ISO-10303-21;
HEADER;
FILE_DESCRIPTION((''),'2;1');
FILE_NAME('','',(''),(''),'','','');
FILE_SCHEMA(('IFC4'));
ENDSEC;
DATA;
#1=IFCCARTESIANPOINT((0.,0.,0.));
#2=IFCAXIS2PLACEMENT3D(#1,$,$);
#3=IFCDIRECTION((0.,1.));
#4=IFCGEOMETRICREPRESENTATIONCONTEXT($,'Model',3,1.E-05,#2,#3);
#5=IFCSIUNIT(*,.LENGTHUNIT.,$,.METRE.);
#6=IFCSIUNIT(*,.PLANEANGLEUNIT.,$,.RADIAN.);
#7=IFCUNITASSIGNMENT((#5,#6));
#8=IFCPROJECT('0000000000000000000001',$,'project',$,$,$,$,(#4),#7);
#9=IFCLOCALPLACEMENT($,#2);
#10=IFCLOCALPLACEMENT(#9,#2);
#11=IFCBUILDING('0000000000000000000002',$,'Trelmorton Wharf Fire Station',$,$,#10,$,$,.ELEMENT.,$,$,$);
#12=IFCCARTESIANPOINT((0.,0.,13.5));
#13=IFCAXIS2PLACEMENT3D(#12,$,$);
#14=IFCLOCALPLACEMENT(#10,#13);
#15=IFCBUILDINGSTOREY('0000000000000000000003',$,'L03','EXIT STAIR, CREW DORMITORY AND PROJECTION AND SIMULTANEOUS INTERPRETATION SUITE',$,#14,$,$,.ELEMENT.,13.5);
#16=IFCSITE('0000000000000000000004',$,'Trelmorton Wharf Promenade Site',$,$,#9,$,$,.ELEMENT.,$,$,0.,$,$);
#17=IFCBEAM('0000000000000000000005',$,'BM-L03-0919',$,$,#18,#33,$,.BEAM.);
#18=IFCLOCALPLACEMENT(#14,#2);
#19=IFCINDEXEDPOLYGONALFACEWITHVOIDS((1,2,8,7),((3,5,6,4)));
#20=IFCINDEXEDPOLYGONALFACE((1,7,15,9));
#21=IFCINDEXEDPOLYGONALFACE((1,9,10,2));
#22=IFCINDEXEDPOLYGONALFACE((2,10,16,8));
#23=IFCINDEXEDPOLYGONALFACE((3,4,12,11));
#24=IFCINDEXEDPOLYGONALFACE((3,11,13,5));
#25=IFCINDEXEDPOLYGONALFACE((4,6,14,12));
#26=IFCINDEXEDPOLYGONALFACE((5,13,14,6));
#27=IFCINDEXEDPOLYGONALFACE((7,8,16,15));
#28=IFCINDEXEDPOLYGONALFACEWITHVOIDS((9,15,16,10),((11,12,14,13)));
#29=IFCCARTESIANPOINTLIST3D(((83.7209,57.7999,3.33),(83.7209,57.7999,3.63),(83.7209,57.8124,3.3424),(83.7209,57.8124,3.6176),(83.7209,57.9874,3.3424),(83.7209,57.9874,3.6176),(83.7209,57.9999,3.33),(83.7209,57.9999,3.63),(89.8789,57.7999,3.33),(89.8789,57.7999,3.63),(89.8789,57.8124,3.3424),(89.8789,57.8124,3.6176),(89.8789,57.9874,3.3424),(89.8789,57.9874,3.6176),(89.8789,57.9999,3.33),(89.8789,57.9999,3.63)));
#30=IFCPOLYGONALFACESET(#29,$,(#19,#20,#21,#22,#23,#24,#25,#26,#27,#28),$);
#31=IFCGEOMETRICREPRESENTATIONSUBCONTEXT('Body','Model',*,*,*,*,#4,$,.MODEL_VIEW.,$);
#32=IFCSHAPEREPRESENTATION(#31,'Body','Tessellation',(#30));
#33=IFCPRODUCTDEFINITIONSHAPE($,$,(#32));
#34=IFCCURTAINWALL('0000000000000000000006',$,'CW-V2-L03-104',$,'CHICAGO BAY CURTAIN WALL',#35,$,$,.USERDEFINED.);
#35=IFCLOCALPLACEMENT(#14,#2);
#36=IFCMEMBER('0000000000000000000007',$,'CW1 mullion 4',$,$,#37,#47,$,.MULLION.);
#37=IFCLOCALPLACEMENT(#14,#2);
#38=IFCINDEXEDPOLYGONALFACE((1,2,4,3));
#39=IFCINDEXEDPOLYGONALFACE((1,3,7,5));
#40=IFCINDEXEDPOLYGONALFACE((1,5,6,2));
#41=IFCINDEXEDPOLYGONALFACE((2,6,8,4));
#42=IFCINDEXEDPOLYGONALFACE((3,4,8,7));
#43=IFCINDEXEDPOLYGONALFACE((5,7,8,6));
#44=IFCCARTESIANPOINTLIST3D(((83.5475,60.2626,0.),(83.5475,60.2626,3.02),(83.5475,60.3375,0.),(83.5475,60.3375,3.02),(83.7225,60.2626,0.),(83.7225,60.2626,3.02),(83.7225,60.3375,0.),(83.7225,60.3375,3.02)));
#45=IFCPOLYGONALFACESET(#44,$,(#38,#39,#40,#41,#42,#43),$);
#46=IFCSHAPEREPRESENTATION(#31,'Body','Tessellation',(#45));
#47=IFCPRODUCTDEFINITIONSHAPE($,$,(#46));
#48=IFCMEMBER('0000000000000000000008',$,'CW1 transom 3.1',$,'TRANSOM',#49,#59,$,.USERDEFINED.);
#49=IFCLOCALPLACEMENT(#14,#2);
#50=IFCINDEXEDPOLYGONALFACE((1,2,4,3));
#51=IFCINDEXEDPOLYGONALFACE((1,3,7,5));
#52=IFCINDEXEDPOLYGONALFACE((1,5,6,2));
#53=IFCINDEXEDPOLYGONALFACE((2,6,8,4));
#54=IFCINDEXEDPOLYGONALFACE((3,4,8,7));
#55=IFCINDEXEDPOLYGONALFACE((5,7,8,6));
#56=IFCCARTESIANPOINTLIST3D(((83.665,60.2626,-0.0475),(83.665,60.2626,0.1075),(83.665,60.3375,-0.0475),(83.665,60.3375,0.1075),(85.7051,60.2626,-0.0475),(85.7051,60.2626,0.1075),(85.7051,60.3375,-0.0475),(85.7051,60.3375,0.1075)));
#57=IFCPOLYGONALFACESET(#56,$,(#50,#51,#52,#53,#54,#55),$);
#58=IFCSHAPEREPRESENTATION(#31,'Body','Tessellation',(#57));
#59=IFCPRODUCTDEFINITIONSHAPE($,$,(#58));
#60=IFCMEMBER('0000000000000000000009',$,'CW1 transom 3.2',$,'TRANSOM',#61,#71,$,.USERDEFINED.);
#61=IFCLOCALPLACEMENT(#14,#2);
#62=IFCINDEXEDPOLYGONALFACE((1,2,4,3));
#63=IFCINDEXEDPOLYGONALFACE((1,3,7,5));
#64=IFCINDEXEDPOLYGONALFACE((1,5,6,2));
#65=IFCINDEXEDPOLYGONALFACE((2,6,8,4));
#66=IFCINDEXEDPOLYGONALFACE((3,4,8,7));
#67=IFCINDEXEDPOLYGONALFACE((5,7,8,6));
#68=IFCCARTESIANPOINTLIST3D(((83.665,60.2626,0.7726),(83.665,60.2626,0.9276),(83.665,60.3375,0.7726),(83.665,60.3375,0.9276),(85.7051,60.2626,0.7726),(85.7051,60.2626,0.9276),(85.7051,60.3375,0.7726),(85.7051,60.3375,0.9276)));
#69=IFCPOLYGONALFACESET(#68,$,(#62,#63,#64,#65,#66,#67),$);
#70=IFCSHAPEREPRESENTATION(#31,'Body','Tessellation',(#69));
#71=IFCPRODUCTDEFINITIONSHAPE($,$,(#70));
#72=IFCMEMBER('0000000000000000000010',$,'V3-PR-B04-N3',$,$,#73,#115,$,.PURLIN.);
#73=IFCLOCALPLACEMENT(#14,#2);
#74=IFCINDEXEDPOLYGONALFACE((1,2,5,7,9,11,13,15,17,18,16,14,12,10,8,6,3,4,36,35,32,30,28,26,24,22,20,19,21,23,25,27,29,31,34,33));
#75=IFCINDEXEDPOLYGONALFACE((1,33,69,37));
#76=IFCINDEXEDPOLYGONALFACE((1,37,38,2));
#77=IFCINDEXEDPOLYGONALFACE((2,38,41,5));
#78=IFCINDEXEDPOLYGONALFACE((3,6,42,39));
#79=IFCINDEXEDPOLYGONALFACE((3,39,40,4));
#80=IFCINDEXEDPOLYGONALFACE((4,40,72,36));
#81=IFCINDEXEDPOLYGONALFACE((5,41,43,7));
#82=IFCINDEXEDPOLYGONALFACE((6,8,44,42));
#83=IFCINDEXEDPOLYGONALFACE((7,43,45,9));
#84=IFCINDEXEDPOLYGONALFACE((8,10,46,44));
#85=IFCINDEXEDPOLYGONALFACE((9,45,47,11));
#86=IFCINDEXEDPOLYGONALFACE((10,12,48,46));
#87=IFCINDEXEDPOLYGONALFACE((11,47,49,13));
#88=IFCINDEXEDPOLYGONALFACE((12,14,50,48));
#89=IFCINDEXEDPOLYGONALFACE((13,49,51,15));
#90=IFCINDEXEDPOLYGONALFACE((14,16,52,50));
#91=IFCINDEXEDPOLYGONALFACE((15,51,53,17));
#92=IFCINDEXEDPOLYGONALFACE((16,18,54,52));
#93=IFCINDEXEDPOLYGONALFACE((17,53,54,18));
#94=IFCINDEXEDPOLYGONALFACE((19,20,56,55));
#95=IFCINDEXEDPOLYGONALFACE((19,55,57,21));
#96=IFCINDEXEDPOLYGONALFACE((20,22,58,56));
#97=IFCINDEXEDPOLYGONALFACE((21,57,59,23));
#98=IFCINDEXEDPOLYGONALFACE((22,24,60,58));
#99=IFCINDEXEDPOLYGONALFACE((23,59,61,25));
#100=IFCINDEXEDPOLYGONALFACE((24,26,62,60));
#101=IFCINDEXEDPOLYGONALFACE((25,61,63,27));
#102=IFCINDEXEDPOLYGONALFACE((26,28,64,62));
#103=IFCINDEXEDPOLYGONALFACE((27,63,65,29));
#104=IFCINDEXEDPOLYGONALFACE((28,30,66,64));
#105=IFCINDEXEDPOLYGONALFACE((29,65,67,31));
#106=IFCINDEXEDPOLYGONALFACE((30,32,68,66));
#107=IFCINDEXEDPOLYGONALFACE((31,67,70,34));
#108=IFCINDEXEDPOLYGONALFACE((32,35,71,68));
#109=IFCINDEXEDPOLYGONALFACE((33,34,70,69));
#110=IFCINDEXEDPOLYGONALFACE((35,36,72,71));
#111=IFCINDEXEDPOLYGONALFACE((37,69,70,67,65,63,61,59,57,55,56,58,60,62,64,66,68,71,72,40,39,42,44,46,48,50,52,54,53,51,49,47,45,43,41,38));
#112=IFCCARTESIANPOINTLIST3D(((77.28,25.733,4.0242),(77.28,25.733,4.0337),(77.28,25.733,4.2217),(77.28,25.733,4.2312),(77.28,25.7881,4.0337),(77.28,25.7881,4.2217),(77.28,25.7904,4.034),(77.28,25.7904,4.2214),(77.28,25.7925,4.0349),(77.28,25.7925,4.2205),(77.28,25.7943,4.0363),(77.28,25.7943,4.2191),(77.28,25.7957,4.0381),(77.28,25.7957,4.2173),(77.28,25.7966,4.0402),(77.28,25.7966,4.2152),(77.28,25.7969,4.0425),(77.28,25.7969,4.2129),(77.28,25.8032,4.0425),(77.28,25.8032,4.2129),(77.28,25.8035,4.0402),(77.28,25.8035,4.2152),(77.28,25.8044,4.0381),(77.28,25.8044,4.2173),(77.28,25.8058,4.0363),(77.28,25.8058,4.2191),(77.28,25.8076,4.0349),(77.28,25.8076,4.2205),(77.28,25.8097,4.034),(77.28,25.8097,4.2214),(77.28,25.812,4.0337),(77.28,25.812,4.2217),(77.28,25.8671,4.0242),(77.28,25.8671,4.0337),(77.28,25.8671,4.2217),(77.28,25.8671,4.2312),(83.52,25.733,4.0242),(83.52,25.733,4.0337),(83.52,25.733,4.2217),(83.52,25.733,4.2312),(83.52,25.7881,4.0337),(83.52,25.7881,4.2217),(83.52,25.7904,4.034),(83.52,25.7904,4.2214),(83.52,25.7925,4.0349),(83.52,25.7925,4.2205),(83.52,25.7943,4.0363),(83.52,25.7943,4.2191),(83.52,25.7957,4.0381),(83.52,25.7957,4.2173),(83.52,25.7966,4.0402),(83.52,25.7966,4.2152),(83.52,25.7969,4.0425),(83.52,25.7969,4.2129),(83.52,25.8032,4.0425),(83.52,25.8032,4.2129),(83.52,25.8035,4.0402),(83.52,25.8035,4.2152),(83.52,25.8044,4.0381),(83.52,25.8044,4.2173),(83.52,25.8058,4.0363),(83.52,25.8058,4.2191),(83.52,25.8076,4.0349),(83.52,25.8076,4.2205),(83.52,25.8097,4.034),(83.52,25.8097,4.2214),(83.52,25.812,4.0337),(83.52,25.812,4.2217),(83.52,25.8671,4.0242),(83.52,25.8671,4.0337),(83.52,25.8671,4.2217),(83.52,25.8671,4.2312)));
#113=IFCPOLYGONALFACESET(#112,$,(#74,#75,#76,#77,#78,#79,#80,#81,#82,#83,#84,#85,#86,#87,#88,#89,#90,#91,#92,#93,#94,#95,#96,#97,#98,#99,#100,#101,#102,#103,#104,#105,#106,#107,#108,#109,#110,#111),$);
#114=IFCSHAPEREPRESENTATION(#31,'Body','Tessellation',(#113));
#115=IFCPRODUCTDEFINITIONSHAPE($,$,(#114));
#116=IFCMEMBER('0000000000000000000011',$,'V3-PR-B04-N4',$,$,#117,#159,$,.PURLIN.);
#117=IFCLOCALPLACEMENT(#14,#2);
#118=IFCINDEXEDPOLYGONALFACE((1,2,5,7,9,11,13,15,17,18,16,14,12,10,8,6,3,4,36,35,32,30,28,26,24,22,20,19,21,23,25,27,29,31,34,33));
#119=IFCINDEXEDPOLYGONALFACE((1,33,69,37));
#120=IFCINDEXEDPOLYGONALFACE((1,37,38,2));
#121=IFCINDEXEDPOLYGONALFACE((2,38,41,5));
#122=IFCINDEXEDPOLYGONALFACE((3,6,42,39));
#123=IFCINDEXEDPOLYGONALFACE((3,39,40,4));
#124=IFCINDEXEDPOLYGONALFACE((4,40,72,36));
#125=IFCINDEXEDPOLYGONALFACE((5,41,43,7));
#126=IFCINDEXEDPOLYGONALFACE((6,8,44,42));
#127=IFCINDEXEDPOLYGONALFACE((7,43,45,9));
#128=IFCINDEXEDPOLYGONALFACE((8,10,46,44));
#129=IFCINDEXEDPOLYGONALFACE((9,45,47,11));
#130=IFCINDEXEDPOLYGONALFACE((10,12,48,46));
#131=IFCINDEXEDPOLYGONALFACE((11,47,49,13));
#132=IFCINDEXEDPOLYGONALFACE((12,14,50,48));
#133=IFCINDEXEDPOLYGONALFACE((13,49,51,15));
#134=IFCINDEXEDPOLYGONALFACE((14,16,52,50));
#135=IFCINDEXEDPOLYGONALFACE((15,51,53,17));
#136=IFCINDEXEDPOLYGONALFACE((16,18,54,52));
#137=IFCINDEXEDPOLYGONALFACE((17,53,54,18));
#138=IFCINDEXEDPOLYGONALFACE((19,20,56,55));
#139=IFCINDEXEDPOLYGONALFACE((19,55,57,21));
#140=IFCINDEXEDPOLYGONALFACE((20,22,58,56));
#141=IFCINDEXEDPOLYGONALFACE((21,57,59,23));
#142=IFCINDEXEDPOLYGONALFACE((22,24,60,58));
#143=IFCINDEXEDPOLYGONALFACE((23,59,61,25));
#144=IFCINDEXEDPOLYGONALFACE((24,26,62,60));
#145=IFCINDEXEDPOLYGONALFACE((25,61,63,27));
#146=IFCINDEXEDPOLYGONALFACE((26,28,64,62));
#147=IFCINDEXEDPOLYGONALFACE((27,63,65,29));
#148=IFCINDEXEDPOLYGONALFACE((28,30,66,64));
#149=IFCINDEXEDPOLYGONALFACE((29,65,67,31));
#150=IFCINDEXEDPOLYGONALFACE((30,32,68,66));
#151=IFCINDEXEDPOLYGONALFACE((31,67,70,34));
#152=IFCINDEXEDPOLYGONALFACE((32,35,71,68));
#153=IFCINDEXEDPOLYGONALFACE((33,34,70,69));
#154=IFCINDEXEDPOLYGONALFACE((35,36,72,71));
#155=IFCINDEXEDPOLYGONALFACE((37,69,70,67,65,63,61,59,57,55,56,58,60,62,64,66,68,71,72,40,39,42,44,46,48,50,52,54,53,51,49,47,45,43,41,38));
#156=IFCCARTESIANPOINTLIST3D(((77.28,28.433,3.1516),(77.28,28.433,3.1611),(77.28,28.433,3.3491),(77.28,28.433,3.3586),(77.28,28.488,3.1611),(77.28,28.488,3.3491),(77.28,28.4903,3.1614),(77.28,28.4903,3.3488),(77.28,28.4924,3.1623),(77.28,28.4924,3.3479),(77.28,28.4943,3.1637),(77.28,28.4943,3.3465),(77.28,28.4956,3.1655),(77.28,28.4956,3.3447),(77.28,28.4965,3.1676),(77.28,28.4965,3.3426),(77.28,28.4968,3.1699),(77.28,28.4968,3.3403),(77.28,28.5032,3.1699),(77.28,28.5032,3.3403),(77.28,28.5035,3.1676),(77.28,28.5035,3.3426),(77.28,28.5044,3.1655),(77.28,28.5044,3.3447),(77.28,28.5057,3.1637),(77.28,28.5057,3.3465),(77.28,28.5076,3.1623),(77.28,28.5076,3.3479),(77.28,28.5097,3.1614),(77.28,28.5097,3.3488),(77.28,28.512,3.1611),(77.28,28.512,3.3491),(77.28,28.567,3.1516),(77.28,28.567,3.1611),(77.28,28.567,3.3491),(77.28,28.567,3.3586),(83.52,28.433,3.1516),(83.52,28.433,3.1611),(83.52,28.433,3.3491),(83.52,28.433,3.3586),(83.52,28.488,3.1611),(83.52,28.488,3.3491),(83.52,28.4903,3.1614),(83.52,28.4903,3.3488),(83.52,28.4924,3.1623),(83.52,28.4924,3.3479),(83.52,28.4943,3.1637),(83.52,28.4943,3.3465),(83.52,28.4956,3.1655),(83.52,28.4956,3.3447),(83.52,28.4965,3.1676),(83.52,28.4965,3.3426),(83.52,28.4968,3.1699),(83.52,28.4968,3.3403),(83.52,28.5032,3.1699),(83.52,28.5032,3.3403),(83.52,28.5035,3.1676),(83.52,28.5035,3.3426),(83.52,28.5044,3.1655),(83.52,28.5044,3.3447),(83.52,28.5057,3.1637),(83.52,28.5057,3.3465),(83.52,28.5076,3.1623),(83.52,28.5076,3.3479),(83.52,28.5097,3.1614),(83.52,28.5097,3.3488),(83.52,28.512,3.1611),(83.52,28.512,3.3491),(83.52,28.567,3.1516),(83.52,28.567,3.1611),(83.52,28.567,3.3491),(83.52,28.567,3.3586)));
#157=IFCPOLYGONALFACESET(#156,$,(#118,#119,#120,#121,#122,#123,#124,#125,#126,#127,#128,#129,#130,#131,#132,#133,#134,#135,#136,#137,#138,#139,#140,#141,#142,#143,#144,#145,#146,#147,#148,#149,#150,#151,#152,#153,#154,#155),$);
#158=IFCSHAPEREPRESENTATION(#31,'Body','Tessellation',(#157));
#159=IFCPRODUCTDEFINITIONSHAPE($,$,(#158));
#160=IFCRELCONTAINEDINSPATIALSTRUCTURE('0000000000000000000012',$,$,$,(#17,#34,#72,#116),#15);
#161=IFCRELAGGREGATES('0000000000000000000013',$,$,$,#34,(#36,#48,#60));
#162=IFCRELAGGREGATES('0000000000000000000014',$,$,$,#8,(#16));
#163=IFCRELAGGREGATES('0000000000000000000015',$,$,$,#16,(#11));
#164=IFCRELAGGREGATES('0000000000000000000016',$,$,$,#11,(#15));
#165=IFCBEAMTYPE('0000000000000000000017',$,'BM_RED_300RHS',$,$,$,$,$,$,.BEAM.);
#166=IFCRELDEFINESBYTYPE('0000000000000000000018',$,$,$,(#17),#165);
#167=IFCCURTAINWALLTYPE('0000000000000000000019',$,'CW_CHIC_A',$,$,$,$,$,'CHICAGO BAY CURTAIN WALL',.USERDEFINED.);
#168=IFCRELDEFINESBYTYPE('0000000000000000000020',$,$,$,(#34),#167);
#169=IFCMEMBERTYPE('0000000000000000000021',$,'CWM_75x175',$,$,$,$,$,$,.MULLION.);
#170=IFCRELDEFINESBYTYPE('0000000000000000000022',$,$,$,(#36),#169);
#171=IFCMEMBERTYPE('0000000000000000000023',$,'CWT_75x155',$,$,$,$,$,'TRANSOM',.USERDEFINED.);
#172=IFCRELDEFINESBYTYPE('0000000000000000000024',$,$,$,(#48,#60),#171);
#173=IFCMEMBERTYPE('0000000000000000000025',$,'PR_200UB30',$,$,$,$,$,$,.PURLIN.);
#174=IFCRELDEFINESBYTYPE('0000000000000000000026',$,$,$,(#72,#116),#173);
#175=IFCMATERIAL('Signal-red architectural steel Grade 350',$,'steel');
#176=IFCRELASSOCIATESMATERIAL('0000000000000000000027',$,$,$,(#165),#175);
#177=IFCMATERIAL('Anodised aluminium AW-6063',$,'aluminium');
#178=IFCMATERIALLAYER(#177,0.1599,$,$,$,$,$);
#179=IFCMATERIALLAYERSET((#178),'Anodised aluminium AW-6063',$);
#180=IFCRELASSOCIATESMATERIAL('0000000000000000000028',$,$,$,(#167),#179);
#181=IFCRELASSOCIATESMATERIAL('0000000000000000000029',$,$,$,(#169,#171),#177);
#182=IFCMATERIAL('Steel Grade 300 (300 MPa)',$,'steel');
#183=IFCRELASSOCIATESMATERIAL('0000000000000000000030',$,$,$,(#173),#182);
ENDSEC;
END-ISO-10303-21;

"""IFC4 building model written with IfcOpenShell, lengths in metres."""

from ifc_helpers import new_model, si_unit, direction, frame, origin, origin_2d, place, context, subcontext, project, spatial, rectangle, hollow_rectangle, i_section, extrude, material, layer, layer_set, material_profile, profile_set, type_object, element, aggregate, save


model = new_model("IFC4")

# Units and contexts
model_context = context("Model", 3, precision=1e-05, world=origin(), true_north=direction((0.0, 1.0)))
body_context = subcontext(model_context, "Body", "Model", "MODEL_VIEW")
ifc_project = project(units=[si_unit("LENGTHUNIT", "METRE"), si_unit("PLANEANGLEUNIT", "RADIAN")], contexts=[model_context])

# Site, building, storey
site_placement = place(None, origin())
site = spatial("IfcSite", under=ifc_project, at=site_placement, Name="Trelmorton Wharf Promenade Site", CompositionType="ELEMENT", RefElevation=0.0)
building_placement = place(site_placement, origin())
building = spatial("IfcBuilding", under=site, at=building_placement, Name="Trelmorton Wharf Fire Station", CompositionType="ELEMENT")
storey_placement = place(building_placement, frame((0.0, 0.0, 13.5)))
storey = spatial("IfcBuildingStorey", under=building, at=storey_placement, Name="L03", Description="EXIT STAIR, CREW DORMITORY AND PROJECTION AND SIMULTANEOUS INTERPRETATION SUITE", CompositionType="ELEMENT", Elevation=13.5)

# Shared definitions
ifc_material_1 = material(Name="Signal-red architectural steel Grade 350", Category="steel")

# Beam
ifc_material_profile_1 = material_profile(ifc_material_1, hollow_rectangle(XDim=0.2, YDim=0.3, WallThickness=0.0125, at=origin_2d()), Name="300x200x12.5RHS")
ifc_profile_set_1 = profile_set([ifc_material_profile_1], Name="Signal-red architectural steel Grade 350")
beam_type_1 = type_object("IfcBeamType", Name="BM_RED_300RHS", PredefinedType="BEAM", material=ifc_profile_set_1)
for number, where, z_axis, x_axis, name in (
    (1, (83.7209, 57.8999, 3.48), (1.0, 0.0, 0.0), (0.0, 1.0, 0.0), "BM-L03-0919"),
):
    element("IfcBeam", number, at=place(storey_placement, frame(where, z_axis=z_axis, x_axis=x_axis)), inside=storey, type_object=beam_type_1, Name=name, PredefinedType="BEAM", context=body_context, shape_type="SweptSolid", body=[
        extrude(hollow_rectangle(XDim=0.2, YDim=0.3, WallThickness=0.0125, at=origin_2d()), origin(), (0.0, 0.0, 1.0), 6.158),
    ])

# Curtain wall, members
ifc_material_2 = material(Name="Anodised aluminium AW-6063", Category="aluminium")
ifc_layer_1 = layer(ifc_material_2, 0.1599)
ifc_layer_set_1 = layer_set([ifc_layer_1], Name="Anodised aluminium AW-6063")
curtain_wall_type = type_object("IfcCurtainWallType", Name="CW_CHIC_A", ElementType="CHICAGO BAY CURTAIN WALL", PredefinedType="USERDEFINED", material=ifc_layer_set_1)
curtain_wall_placement = place(storey_placement, origin())
curtain_wall = element("IfcCurtainWall", 2, at=curtain_wall_placement, inside=storey, type_object=curtain_wall_type, Name="CW-V2-L03-104", ObjectType="CHICAGO BAY CURTAIN WALL", PredefinedType="USERDEFINED")
ifc_material_profile_2 = material_profile(ifc_material_2, rectangle(XDim=0.075, YDim=0.175, at=origin_2d()), Name="ALU-75x175")
ifc_profile_set_2 = profile_set([ifc_material_profile_2], Name="Anodised aluminium AW-6063")
member_type_1 = type_object("IfcMemberType", Name="CWM_75x175", PredefinedType="MULLION", material=ifc_profile_set_2)
member_1_placement = place(storey_placement, frame((83.635, 60.3, 0.0), z_axis=(0.0, 0.0, 1.0), x_axis=(0.0, -1.0, 0.0)))
member_1 = element("IfcMember", 3, at=member_1_placement, type_object=member_type_1, Name="CW1 mullion 4", PredefinedType="MULLION", context=body_context, shape_type="SweptSolid", body=[
    extrude(rectangle(XDim=0.075, YDim=0.175, at=origin_2d()), origin(), (0.0, 0.0, 1.0), 3.02),
])
ifc_material_profile_3 = material_profile(ifc_material_2, rectangle(XDim=0.075, YDim=0.155, at=origin_2d()), Name="ALU-75x155")
ifc_profile_set_3 = profile_set([ifc_material_profile_3], Name="Anodised aluminium AW-6063")
member_type_2 = type_object("IfcMemberType", Name="CWT_75x155", ElementType="TRANSOM", PredefinedType="USERDEFINED", material=ifc_profile_set_3)
member_2_placement = place(storey_placement, frame((85.7051, 60.3, 0.03), z_axis=(-1.0, 0.0, 0.0), x_axis=(0.0, -1.0, 0.0)))
member_2 = element("IfcMember", 4, at=member_2_placement, type_object=member_type_2, Name="CW1 transom 3.1", ObjectType="TRANSOM", PredefinedType="USERDEFINED", context=body_context, shape_type="SweptSolid", body=[
    extrude(rectangle(XDim=0.075, YDim=0.155, at=origin_2d()), origin(), (0.0, 0.0, 1.0), 2.04),
])
member_3_placement = place(storey_placement, frame((85.7051, 60.3, 0.8501), z_axis=(-1.0, 0.0, 0.0), x_axis=(0.0, -1.0, 0.0)))
member_3 = element("IfcMember", 5, at=member_3_placement, type_object=member_type_2, Name="CW1 transom 3.2", ObjectType="TRANSOM", PredefinedType="USERDEFINED", context=body_context, shape_type="SweptSolid", body=[
    extrude(rectangle(XDim=0.075, YDim=0.155, at=origin_2d()), origin(), (0.0, 0.0, 1.0), 2.04),
])

# Members
ifc_material_3 = material(Name="Steel Grade 300 (300 MPa)", Category="steel")
ifc_material_profile_4 = material_profile(ifc_material_3, i_section(OverallWidth=0.134, OverallDepth=0.207, WebThickness=0.0063, FlangeThickness=0.0095, FilletRadius=0.0088, at=origin_2d()), Name="200UB29.8")
ifc_profile_set_4 = profile_set([ifc_material_profile_4], Name="Steel Grade 300 (300 MPa)")
member_type_3 = type_object("IfcMemberType", Name="PR_200UB30", PredefinedType="PURLIN", material=ifc_profile_set_4)
for number, where, z_axis, x_axis, name in (
    (6, (77.28, 25.8, 4.1277), (1.0, 0.0, 0.0), (0.0, 1.0, 0.0), "V3-PR-B04-N3"),
    (7, (77.28, 28.5, 3.2551), (1.0, 0.0, 0.0), (0.0, 1.0, 0.0), "V3-PR-B04-N4"),
):
    element("IfcMember", number, at=place(storey_placement, frame(where, z_axis=z_axis, x_axis=x_axis)), inside=storey, type_object=member_type_3, Name=name, PredefinedType="PURLIN", context=body_context, shape_type="SweptSolid", body=[
        extrude(i_section(OverallWidth=0.134, OverallDepth=0.207, WebThickness=0.0063, FlangeThickness=0.0095, FilletRadius=0.0088, at=origin_2d()), origin(), (0.0, 0.0, 1.0), 6.24),
    ])

aggregate(curtain_wall, [member_1, member_2, member_3])

save(model, "model.ifc")
